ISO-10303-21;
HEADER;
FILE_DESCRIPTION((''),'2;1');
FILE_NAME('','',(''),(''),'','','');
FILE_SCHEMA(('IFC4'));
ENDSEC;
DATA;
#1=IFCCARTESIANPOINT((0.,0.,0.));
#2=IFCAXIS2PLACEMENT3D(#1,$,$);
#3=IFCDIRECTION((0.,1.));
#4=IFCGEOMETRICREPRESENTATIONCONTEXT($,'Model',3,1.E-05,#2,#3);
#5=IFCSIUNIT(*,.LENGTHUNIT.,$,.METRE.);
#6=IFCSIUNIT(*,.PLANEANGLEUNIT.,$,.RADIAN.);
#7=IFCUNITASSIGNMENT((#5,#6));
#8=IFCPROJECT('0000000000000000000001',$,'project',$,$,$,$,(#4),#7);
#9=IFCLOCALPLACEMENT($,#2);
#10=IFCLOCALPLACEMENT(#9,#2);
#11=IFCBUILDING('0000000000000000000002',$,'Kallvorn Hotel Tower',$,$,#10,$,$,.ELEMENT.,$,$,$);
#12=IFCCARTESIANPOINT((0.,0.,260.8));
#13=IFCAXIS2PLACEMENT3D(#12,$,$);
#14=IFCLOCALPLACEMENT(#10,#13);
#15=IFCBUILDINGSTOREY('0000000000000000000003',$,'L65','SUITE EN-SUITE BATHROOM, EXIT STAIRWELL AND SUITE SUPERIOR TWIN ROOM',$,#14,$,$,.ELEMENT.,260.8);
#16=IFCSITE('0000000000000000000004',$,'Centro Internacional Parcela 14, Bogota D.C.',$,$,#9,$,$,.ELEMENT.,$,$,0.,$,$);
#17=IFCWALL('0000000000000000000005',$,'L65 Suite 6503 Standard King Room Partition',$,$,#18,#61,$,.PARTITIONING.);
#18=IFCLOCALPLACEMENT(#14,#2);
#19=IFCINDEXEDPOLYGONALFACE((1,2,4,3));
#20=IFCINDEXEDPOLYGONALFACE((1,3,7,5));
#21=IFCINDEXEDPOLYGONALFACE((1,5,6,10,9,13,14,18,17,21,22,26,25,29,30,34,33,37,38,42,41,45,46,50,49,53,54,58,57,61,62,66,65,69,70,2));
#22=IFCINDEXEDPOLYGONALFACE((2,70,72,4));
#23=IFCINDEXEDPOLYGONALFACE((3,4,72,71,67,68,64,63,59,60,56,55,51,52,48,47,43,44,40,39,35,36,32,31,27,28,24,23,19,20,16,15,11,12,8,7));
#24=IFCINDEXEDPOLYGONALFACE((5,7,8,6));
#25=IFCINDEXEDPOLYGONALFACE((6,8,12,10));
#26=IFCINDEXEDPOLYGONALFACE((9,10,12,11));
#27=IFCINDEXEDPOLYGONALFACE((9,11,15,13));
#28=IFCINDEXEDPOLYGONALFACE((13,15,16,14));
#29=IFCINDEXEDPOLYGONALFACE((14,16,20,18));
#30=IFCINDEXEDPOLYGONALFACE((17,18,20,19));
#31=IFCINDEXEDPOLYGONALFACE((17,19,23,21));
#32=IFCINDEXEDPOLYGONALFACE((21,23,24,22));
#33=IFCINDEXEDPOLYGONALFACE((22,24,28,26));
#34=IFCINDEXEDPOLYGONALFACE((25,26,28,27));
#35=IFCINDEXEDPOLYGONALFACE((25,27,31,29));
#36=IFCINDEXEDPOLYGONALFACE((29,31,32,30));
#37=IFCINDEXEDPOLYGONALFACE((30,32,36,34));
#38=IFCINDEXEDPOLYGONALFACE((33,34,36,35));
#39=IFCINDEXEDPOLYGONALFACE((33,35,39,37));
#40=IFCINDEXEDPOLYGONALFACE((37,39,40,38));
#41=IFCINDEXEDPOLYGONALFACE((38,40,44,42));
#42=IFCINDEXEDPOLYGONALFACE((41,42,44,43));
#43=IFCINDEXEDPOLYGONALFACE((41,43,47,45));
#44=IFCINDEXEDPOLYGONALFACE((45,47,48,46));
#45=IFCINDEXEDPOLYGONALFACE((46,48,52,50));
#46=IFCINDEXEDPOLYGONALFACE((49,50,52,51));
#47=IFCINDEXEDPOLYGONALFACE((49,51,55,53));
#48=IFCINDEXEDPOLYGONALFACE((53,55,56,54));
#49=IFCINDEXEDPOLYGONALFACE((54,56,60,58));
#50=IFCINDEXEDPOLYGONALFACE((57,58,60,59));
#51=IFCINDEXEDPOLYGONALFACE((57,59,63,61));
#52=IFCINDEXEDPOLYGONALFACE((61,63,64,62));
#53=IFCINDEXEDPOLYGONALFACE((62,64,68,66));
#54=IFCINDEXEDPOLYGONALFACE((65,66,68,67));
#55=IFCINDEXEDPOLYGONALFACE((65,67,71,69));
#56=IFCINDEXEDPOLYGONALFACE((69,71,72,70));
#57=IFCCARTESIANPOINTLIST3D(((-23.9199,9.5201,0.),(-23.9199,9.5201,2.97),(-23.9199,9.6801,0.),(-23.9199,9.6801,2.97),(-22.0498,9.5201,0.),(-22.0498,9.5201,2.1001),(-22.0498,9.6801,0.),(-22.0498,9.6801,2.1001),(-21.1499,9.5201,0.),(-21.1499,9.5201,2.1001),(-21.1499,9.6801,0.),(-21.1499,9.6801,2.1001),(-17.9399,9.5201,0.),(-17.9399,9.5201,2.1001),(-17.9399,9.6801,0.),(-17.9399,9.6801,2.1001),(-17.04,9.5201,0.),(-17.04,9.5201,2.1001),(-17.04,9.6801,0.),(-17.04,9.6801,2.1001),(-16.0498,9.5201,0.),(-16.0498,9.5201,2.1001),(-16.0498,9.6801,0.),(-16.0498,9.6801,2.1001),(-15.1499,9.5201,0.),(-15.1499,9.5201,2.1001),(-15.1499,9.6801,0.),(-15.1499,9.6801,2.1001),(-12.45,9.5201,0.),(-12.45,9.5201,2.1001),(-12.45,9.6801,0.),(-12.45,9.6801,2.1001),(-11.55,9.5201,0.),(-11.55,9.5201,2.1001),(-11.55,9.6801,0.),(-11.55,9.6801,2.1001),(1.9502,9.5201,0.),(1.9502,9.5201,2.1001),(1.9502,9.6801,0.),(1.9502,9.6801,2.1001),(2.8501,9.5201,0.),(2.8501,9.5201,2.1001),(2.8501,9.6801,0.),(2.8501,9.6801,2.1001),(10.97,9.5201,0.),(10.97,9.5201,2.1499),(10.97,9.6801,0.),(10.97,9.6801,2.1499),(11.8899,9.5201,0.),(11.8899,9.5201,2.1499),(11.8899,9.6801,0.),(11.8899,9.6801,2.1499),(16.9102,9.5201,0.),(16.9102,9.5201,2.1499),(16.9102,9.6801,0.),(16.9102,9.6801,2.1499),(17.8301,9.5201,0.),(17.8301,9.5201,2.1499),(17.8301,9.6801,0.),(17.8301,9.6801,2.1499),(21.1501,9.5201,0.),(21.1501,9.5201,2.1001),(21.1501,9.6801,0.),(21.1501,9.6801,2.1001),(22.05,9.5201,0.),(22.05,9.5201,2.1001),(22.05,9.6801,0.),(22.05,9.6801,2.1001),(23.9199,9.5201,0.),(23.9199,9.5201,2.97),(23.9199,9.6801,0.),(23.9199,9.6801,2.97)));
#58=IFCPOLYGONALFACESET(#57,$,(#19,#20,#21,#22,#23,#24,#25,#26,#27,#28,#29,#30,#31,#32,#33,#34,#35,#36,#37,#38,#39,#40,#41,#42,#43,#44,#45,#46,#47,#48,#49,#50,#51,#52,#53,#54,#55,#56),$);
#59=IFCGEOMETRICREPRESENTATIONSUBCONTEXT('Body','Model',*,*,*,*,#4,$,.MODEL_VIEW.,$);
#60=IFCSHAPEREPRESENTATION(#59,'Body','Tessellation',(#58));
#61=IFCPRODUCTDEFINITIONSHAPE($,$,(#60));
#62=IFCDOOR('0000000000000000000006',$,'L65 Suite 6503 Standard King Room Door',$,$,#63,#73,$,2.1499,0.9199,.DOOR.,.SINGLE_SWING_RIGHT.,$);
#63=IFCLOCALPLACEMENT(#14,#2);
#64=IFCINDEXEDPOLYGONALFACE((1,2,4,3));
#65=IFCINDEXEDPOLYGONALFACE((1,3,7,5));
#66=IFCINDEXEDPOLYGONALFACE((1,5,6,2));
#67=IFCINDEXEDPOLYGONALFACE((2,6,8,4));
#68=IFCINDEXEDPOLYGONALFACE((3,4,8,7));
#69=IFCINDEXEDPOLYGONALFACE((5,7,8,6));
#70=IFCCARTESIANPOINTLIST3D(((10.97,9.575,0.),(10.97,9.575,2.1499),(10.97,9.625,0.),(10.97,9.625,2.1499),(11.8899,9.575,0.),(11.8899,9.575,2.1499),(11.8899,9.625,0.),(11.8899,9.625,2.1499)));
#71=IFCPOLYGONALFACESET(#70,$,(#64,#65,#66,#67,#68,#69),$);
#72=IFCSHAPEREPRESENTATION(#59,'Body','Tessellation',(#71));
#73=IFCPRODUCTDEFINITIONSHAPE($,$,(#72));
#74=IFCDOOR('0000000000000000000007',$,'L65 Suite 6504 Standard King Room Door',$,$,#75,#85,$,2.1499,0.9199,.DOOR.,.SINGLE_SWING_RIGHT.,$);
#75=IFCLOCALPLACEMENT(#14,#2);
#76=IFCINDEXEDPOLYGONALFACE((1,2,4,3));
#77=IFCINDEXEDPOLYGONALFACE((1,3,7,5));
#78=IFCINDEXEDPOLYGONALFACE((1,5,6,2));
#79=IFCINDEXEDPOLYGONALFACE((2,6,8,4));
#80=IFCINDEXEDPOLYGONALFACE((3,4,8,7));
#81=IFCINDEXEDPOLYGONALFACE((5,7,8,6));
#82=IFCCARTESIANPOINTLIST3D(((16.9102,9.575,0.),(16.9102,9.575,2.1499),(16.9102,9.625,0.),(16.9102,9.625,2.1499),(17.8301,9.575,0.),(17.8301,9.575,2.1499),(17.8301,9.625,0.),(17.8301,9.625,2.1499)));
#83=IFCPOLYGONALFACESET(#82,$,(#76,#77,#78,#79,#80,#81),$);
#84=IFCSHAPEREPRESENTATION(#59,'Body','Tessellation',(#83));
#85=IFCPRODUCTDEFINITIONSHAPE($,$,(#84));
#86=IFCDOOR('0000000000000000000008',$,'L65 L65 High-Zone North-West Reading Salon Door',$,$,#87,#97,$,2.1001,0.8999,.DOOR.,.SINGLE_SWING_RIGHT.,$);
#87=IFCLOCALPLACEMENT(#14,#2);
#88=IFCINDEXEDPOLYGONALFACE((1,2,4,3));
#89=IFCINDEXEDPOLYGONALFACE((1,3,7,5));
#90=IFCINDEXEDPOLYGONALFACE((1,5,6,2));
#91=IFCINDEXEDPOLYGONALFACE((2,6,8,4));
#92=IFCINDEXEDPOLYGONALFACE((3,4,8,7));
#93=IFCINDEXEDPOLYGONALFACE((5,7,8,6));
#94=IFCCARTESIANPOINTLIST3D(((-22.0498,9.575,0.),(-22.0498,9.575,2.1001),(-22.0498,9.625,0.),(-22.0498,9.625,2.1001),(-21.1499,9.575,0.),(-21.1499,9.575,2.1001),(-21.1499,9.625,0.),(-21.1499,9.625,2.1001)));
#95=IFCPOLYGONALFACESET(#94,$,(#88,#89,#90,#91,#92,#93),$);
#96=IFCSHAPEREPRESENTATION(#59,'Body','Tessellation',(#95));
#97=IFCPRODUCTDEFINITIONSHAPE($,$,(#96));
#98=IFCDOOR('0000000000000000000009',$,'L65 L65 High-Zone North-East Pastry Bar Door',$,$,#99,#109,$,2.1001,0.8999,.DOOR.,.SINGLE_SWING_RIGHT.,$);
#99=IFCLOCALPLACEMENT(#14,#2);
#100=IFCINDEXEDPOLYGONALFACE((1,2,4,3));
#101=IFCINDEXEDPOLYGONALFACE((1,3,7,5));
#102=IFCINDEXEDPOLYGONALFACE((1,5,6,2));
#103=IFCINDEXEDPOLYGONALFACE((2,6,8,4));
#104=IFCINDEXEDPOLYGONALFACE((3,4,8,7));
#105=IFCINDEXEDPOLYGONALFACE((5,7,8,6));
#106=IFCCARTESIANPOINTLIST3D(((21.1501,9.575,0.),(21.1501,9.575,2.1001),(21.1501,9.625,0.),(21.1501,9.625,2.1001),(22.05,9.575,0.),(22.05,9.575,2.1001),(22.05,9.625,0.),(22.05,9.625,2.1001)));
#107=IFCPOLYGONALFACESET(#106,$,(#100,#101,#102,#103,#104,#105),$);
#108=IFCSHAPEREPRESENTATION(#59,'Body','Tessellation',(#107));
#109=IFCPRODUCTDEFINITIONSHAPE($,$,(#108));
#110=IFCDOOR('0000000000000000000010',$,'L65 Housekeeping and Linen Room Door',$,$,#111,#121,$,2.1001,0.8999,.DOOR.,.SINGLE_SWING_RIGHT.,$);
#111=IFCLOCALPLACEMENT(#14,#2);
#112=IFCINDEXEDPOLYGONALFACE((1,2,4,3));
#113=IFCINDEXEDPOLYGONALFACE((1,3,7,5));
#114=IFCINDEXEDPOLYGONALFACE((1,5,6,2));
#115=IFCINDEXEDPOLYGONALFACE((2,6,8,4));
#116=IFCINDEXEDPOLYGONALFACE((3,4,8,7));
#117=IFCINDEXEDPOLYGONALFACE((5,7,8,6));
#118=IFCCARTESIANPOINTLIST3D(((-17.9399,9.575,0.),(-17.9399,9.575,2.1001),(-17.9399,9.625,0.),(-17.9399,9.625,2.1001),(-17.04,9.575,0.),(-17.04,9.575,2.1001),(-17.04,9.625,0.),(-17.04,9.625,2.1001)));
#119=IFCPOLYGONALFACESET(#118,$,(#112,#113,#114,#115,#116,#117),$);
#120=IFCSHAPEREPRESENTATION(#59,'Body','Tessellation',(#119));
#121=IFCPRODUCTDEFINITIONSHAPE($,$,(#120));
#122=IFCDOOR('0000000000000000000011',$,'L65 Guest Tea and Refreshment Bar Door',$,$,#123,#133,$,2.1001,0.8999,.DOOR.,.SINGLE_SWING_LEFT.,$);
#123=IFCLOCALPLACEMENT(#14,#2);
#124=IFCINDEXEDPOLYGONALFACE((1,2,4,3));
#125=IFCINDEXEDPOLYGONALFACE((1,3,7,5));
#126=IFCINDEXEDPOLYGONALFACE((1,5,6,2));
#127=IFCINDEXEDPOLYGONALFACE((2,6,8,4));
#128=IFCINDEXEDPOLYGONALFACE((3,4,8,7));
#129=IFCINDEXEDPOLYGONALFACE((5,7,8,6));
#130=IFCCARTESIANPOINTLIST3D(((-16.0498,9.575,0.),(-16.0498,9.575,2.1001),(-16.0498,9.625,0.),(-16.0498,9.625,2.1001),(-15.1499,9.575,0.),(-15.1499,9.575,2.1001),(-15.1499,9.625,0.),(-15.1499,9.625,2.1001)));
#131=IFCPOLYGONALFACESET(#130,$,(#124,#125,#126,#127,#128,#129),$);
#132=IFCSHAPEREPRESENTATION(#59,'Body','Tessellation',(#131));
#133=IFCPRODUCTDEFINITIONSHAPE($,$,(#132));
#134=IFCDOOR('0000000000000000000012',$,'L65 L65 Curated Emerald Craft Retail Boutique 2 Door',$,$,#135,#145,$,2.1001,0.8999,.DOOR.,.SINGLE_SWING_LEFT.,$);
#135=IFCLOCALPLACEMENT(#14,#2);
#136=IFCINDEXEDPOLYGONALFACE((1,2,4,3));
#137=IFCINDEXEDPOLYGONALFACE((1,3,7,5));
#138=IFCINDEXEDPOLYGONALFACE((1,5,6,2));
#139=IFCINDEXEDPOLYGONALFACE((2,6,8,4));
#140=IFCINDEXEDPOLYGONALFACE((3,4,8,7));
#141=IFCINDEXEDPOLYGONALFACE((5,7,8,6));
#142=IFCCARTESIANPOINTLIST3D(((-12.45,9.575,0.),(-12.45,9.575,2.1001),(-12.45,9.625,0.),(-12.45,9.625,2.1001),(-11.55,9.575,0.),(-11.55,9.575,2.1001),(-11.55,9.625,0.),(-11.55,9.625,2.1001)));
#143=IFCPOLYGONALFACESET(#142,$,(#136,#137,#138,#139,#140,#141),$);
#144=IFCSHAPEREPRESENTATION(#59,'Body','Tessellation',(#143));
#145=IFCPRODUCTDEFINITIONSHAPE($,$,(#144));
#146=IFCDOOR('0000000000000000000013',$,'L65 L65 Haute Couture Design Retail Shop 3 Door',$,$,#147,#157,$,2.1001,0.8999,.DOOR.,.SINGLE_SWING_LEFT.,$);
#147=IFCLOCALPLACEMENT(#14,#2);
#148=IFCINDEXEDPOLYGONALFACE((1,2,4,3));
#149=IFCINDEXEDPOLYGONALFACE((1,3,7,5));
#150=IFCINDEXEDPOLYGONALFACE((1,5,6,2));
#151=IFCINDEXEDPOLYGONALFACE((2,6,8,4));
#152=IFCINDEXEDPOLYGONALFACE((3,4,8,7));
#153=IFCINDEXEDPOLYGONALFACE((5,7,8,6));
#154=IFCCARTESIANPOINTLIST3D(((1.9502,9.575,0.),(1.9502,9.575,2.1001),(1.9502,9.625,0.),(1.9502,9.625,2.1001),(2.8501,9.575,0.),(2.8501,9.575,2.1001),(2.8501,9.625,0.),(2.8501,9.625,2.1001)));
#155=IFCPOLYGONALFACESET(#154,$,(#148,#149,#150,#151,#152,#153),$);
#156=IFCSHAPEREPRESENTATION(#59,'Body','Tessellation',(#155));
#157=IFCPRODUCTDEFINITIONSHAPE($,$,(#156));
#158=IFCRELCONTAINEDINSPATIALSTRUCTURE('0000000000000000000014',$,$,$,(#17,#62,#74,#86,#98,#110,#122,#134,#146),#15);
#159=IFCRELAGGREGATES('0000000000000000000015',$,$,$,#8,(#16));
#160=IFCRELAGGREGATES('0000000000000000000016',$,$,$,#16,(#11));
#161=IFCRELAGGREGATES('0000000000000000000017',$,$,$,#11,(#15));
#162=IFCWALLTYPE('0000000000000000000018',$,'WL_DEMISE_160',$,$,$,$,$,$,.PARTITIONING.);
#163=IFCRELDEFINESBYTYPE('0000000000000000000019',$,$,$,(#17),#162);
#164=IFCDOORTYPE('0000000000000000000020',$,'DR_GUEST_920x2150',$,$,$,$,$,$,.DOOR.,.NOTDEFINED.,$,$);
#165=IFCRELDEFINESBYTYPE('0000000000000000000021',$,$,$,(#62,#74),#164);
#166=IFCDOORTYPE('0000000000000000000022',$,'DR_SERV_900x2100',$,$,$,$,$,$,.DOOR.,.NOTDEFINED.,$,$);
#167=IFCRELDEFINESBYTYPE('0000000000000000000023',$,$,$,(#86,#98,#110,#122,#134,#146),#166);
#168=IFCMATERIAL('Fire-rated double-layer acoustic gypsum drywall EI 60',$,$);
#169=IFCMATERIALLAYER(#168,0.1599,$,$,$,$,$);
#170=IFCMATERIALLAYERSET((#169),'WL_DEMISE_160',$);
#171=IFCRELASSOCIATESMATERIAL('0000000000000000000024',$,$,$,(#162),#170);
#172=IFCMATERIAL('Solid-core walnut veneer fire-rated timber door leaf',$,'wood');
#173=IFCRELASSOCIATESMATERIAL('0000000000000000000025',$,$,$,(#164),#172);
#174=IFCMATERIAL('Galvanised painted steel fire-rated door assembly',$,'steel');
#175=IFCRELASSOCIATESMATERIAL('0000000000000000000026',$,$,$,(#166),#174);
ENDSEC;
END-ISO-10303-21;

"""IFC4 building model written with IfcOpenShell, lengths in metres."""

from ifc_helpers import new_model, si_unit, direction, frame, frame_2d, origin, place, context, subcontext, project, spatial, rectangle, extrude, material, layer, layer_set, type_object, element, fill, save


model = new_model("IFC4")

# Units and contexts
model_context = context("Model", 3, precision=1e-05, world=origin(), true_north=direction((0.0, 1.0)))
body_context = subcontext(model_context, "Body", "Model", "MODEL_VIEW")
ifc_project = project(units=[si_unit("LENGTHUNIT", "METRE"), si_unit("PLANEANGLEUNIT", "RADIAN")], contexts=[model_context])

# Site, building, storey
site_placement = place(None, origin())
site = spatial("IfcSite", under=ifc_project, at=site_placement, Name="Centro Internacional Parcela 14, Bogota D.C.", CompositionType="ELEMENT", RefElevation=0.0)
building_placement = place(site_placement, origin())
building = spatial("IfcBuilding", under=site, at=building_placement, Name="Kallvorn Hotel Tower", CompositionType="ELEMENT")
storey_placement = place(building_placement, frame((0.0, 0.0, 260.8)))
storey = spatial("IfcBuildingStorey", under=building, at=storey_placement, Name="L65", Description="SUITE EN-SUITE BATHROOM, EXIT STAIRWELL AND SUITE SUPERIOR TWIN ROOM", CompositionType="ELEMENT", Elevation=260.8)

# Wall, openings, doors
ifc_material_1 = material(Name="Fire-rated double-layer acoustic gypsum drywall EI 60")
ifc_layer_1 = layer(ifc_material_1, 0.1599)
ifc_layer_set_1 = layer_set([ifc_layer_1], Name="WL_DEMISE_160")
wall_type_1 = type_object("IfcWallType", Name="WL_DEMISE_160", PredefinedType="PARTITIONING", material=ifc_layer_set_1)
wall_1_placement = place(storey_placement, frame((-23.9199, 9.6001, 0.0), z_axis=(0.0, 0.0, 1.0), x_axis=(1.0, 0.0, 0.0)))
wall_1 = element("IfcWall", 1, at=wall_1_placement, inside=storey, type_object=wall_type_1, Name="L65 Suite 6503 Standard King Room Partition", PredefinedType="PARTITIONING", context=body_context, shape_type="SweptSolid", body=[
    extrude(rectangle(XDim=47.8398, YDim=0.1599, at=frame_2d((23.9199, 0.0))), origin(), (0.0, 0.0, 1.0), 2.97),
])
opening_1_placement = place(wall_1_placement, frame((1.8701, 0.0, 0.0)))
opening_1 = element("IfcOpeningElement", 2, at=opening_1_placement, cuts=wall_1, PredefinedType="OPENING", context=body_context, shape_type="SweptSolid", body=[
    extrude(rectangle(XDim=0.8999, YDim=2.1001, at=frame_2d((0.45, 1.05))), frame((0.0, 0.095, 0.0), z_axis=(0.0, -1.0, 0.0), x_axis=(1.0, 0.0, 0.0)), (0.0, 0.0, 1.0), 0.1899),
])
opening_2_placement = place(wall_1_placement, frame((45.0701, 0.0, 0.0)))
opening_2 = element("IfcOpeningElement", 3, at=opening_2_placement, cuts=wall_1, PredefinedType="OPENING", context=body_context, shape_type="SweptSolid", body=[
    extrude(rectangle(XDim=0.8999, YDim=2.1001, at=frame_2d((0.45, 1.05))), frame((0.0, 0.095, 0.0), z_axis=(0.0, -1.0, 0.0), x_axis=(1.0, 0.0, 0.0)), (0.0, 0.0, 1.0), 0.1899),
])
opening_3_placement = place(wall_1_placement, frame((5.98, 0.0, 0.0)))
opening_3 = element("IfcOpeningElement", 4, at=opening_3_placement, cuts=wall_1, PredefinedType="OPENING", context=body_context, shape_type="SweptSolid", body=[
    extrude(rectangle(XDim=0.8999, YDim=2.1001, at=frame_2d((0.45, 1.05))), frame((0.0, 0.095, 0.0), z_axis=(0.0, -1.0, 0.0), x_axis=(1.0, 0.0, 0.0)), (0.0, 0.0, 1.0), 0.1899),
])
opening_4_placement = place(wall_1_placement, frame((7.8701, 0.0, 0.0)))
opening_4 = element("IfcOpeningElement", 5, at=opening_4_placement, cuts=wall_1, PredefinedType="OPENING", context=body_context, shape_type="SweptSolid", body=[
    extrude(rectangle(XDim=0.8999, YDim=2.1001, at=frame_2d((0.45, 1.05))), frame((0.0, 0.095, 0.0), z_axis=(0.0, -1.0, 0.0), x_axis=(1.0, 0.0, 0.0)), (0.0, 0.0, 1.0), 0.1899),
])
opening_5_placement = place(wall_1_placement, frame((11.47, 0.0, 0.0)))
opening_5 = element("IfcOpeningElement", 6, at=opening_5_placement, cuts=wall_1, PredefinedType="OPENING", context=body_context, shape_type="SweptSolid", body=[
    extrude(rectangle(XDim=0.8999, YDim=2.1001, at=frame_2d((0.45, 1.05))), frame((0.0, 0.095, 0.0), z_axis=(0.0, -1.0, 0.0), x_axis=(1.0, 0.0, 0.0)), (0.0, 0.0, 1.0), 0.1899),
])
opening_6_placement = place(wall_1_placement, frame((25.8701, 0.0, 0.0)))
opening_6 = element("IfcOpeningElement", 7, at=opening_6_placement, cuts=wall_1, PredefinedType="OPENING", context=body_context, shape_type="SweptSolid", body=[
    extrude(rectangle(XDim=0.8999, YDim=2.1001, at=frame_2d((0.45, 1.05))), frame((0.0, 0.095, 0.0), z_axis=(0.0, -1.0, 0.0), x_axis=(1.0, 0.0, 0.0)), (0.0, 0.0, 1.0), 0.1899),
])
opening_7_placement = place(wall_1_placement, frame((34.8899, 0.0, 0.0)))
opening_7 = element("IfcOpeningElement", 8, at=opening_7_placement, cuts=wall_1, PredefinedType="OPENING", context=body_context, shape_type="SweptSolid", body=[
    extrude(rectangle(XDim=0.9199, YDim=2.1499, at=frame_2d((0.46, 1.075))), frame((0.0, 0.095, 0.0), z_axis=(0.0, -1.0, 0.0), x_axis=(1.0, 0.0, 0.0)), (0.0, 0.0, 1.0), 0.1899),
])
opening_8_placement = place(wall_1_placement, frame((40.8301, 0.0, 0.0)))
opening_8 = element("IfcOpeningElement", 9, at=opening_8_placement, cuts=wall_1, PredefinedType="OPENING", context=body_context, shape_type="SweptSolid", body=[
    extrude(rectangle(XDim=0.9199, YDim=2.1499, at=frame_2d((0.46, 1.075))), frame((0.0, 0.095, 0.0), z_axis=(0.0, -1.0, 0.0), x_axis=(1.0, 0.0, 0.0)), (0.0, 0.0, 1.0), 0.1899),
])
ifc_material_2 = material(Name="Solid-core walnut veneer fire-rated timber door leaf", Category="wood")
door_type_1 = type_object("IfcDoorType", Name="DR_GUEST_920x2150", OperationType="NOTDEFINED", PredefinedType="DOOR", material=ifc_material_2)
door_1_placement = place(opening_7_placement, origin())
door_1 = element("IfcDoor", 10, at=door_1_placement, inside=storey, type_object=door_type_1, Name="L65 Suite 6503 Standard King Room Door", OperationType="SINGLE_SWING_RIGHT", OverallHeight=2.1499, OverallWidth=0.9199, PredefinedType="DOOR", context=body_context, shape_type="SweptSolid", body=[
    extrude(rectangle(XDim=0.9199, YDim=2.1499, at=frame_2d((0.46, 1.075))), frame((0.0, 0.0249, 0.0), z_axis=(0.0, -1.0, 0.0), x_axis=(1.0, 0.0, 0.0)), (0.0, 0.0, 1.0), 0.05),
])
fill(opening_7, door_1)
door_2_placement = place(opening_8_placement, origin())
door_2 = element("IfcDoor", 11, at=door_2_placement, inside=storey, type_object=door_type_1, Name="L65 Suite 6504 Standard King Room Door", OperationType="SINGLE_SWING_RIGHT", OverallHeight=2.1499, OverallWidth=0.9199, PredefinedType="DOOR", context=body_context, shape_type="SweptSolid", body=[
    extrude(rectangle(XDim=0.9199, YDim=2.1499, at=frame_2d((0.46, 1.075))), frame((0.0, 0.0249, 0.0), z_axis=(0.0, -1.0, 0.0), x_axis=(1.0, 0.0, 0.0)), (0.0, 0.0, 1.0), 0.05),
])
fill(opening_8, door_2)
ifc_material_3 = material(Name="Galvanised painted steel fire-rated door assembly", Category="steel")
door_type_2 = type_object("IfcDoorType", Name="DR_SERV_900x2100", OperationType="NOTDEFINED", PredefinedType="DOOR", material=ifc_material_3)
door_3_placement = place(opening_1_placement, origin())
door_3 = element("IfcDoor", 12, at=door_3_placement, inside=storey, type_object=door_type_2, Name="L65 L65 High-Zone North-West Reading Salon Door", OperationType="SINGLE_SWING_RIGHT", OverallHeight=2.1001, OverallWidth=0.8999, PredefinedType="DOOR", context=body_context, shape_type="SweptSolid", body=[
    extrude(rectangle(XDim=0.8999, YDim=2.1001, at=frame_2d((0.45, 1.05))), frame((0.0, 0.0249, 0.0), z_axis=(0.0, -1.0, 0.0), x_axis=(1.0, 0.0, 0.0)), (0.0, 0.0, 1.0), 0.05),
])
fill(opening_1, door_3)
door_4_placement = place(opening_2_placement, origin())
door_4 = element("IfcDoor", 13, at=door_4_placement, inside=storey, type_object=door_type_2, Name="L65 L65 High-Zone North-East Pastry Bar Door", OperationType="SINGLE_SWING_RIGHT", OverallHeight=2.1001, OverallWidth=0.8999, PredefinedType="DOOR", context=body_context, shape_type="SweptSolid", body=[
    extrude(rectangle(XDim=0.8999, YDim=2.1001, at=frame_2d((0.45, 1.05))), frame((0.0, 0.0249, 0.0), z_axis=(0.0, -1.0, 0.0), x_axis=(1.0, 0.0, 0.0)), (0.0, 0.0, 1.0), 0.05),
])
fill(opening_2, door_4)
door_5_placement = place(opening_3_placement, origin())
door_5 = element("IfcDoor", 14, at=door_5_placement, inside=storey, type_object=door_type_2, Name="L65 Housekeeping and Linen Room Door", OperationType="SINGLE_SWING_RIGHT", OverallHeight=2.1001, OverallWidth=0.8999, PredefinedType="DOOR", context=body_context, shape_type="SweptSolid", body=[
    extrude(rectangle(XDim=0.8999, YDim=2.1001, at=frame_2d((0.45, 1.05))), frame((0.0, 0.0249, 0.0), z_axis=(0.0, -1.0, 0.0), x_axis=(1.0, 0.0, 0.0)), (0.0, 0.0, 1.0), 0.05),
])
fill(opening_3, door_5)
door_6_placement = place(opening_4_placement, origin())
door_6 = element("IfcDoor", 15, at=door_6_placement, inside=storey, type_object=door_type_2, Name="L65 Guest Tea and Refreshment Bar Door", OperationType="SINGLE_SWING_LEFT", OverallHeight=2.1001, OverallWidth=0.8999, PredefinedType="DOOR", context=body_context, shape_type="SweptSolid", body=[
    extrude(rectangle(XDim=0.8999, YDim=2.1001, at=frame_2d((0.45, 1.05))), frame((0.0, 0.0249, 0.0), z_axis=(0.0, -1.0, 0.0), x_axis=(1.0, 0.0, 0.0)), (0.0, 0.0, 1.0), 0.05),
])
fill(opening_4, door_6)
door_7_placement = place(opening_5_placement, origin())
door_7 = element("IfcDoor", 16, at=door_7_placement, inside=storey, type_object=door_type_2, Name="L65 L65 Curated Emerald Craft Retail Boutique 2 Door", OperationType="SINGLE_SWING_LEFT", OverallHeight=2.1001, OverallWidth=0.8999, PredefinedType="DOOR", context=body_context, shape_type="SweptSolid", body=[
    extrude(rectangle(XDim=0.8999, YDim=2.1001, at=frame_2d((0.45, 1.05))), frame((0.0, 0.0249, 0.0), z_axis=(0.0, -1.0, 0.0), x_axis=(1.0, 0.0, 0.0)), (0.0, 0.0, 1.0), 0.05),
])
fill(opening_5, door_7)
door_8_placement = place(opening_6_placement, origin())
door_8 = element("IfcDoor", 17, at=door_8_placement, inside=storey, type_object=door_type_2, Name="L65 L65 Haute Couture Design Retail Shop 3 Door", OperationType="SINGLE_SWING_LEFT", OverallHeight=2.1001, OverallWidth=0.8999, PredefinedType="DOOR", context=body_context, shape_type="SweptSolid", body=[
    extrude(rectangle(XDim=0.8999, YDim=2.1001, at=frame_2d((0.45, 1.05))), frame((0.0, 0.0249, 0.0), z_axis=(0.0, -1.0, 0.0), x_axis=(1.0, 0.0, 0.0)), (0.0, 0.0, 1.0), 0.05),
])
fill(opening_6, door_8)

save(model, "model.ifc")
